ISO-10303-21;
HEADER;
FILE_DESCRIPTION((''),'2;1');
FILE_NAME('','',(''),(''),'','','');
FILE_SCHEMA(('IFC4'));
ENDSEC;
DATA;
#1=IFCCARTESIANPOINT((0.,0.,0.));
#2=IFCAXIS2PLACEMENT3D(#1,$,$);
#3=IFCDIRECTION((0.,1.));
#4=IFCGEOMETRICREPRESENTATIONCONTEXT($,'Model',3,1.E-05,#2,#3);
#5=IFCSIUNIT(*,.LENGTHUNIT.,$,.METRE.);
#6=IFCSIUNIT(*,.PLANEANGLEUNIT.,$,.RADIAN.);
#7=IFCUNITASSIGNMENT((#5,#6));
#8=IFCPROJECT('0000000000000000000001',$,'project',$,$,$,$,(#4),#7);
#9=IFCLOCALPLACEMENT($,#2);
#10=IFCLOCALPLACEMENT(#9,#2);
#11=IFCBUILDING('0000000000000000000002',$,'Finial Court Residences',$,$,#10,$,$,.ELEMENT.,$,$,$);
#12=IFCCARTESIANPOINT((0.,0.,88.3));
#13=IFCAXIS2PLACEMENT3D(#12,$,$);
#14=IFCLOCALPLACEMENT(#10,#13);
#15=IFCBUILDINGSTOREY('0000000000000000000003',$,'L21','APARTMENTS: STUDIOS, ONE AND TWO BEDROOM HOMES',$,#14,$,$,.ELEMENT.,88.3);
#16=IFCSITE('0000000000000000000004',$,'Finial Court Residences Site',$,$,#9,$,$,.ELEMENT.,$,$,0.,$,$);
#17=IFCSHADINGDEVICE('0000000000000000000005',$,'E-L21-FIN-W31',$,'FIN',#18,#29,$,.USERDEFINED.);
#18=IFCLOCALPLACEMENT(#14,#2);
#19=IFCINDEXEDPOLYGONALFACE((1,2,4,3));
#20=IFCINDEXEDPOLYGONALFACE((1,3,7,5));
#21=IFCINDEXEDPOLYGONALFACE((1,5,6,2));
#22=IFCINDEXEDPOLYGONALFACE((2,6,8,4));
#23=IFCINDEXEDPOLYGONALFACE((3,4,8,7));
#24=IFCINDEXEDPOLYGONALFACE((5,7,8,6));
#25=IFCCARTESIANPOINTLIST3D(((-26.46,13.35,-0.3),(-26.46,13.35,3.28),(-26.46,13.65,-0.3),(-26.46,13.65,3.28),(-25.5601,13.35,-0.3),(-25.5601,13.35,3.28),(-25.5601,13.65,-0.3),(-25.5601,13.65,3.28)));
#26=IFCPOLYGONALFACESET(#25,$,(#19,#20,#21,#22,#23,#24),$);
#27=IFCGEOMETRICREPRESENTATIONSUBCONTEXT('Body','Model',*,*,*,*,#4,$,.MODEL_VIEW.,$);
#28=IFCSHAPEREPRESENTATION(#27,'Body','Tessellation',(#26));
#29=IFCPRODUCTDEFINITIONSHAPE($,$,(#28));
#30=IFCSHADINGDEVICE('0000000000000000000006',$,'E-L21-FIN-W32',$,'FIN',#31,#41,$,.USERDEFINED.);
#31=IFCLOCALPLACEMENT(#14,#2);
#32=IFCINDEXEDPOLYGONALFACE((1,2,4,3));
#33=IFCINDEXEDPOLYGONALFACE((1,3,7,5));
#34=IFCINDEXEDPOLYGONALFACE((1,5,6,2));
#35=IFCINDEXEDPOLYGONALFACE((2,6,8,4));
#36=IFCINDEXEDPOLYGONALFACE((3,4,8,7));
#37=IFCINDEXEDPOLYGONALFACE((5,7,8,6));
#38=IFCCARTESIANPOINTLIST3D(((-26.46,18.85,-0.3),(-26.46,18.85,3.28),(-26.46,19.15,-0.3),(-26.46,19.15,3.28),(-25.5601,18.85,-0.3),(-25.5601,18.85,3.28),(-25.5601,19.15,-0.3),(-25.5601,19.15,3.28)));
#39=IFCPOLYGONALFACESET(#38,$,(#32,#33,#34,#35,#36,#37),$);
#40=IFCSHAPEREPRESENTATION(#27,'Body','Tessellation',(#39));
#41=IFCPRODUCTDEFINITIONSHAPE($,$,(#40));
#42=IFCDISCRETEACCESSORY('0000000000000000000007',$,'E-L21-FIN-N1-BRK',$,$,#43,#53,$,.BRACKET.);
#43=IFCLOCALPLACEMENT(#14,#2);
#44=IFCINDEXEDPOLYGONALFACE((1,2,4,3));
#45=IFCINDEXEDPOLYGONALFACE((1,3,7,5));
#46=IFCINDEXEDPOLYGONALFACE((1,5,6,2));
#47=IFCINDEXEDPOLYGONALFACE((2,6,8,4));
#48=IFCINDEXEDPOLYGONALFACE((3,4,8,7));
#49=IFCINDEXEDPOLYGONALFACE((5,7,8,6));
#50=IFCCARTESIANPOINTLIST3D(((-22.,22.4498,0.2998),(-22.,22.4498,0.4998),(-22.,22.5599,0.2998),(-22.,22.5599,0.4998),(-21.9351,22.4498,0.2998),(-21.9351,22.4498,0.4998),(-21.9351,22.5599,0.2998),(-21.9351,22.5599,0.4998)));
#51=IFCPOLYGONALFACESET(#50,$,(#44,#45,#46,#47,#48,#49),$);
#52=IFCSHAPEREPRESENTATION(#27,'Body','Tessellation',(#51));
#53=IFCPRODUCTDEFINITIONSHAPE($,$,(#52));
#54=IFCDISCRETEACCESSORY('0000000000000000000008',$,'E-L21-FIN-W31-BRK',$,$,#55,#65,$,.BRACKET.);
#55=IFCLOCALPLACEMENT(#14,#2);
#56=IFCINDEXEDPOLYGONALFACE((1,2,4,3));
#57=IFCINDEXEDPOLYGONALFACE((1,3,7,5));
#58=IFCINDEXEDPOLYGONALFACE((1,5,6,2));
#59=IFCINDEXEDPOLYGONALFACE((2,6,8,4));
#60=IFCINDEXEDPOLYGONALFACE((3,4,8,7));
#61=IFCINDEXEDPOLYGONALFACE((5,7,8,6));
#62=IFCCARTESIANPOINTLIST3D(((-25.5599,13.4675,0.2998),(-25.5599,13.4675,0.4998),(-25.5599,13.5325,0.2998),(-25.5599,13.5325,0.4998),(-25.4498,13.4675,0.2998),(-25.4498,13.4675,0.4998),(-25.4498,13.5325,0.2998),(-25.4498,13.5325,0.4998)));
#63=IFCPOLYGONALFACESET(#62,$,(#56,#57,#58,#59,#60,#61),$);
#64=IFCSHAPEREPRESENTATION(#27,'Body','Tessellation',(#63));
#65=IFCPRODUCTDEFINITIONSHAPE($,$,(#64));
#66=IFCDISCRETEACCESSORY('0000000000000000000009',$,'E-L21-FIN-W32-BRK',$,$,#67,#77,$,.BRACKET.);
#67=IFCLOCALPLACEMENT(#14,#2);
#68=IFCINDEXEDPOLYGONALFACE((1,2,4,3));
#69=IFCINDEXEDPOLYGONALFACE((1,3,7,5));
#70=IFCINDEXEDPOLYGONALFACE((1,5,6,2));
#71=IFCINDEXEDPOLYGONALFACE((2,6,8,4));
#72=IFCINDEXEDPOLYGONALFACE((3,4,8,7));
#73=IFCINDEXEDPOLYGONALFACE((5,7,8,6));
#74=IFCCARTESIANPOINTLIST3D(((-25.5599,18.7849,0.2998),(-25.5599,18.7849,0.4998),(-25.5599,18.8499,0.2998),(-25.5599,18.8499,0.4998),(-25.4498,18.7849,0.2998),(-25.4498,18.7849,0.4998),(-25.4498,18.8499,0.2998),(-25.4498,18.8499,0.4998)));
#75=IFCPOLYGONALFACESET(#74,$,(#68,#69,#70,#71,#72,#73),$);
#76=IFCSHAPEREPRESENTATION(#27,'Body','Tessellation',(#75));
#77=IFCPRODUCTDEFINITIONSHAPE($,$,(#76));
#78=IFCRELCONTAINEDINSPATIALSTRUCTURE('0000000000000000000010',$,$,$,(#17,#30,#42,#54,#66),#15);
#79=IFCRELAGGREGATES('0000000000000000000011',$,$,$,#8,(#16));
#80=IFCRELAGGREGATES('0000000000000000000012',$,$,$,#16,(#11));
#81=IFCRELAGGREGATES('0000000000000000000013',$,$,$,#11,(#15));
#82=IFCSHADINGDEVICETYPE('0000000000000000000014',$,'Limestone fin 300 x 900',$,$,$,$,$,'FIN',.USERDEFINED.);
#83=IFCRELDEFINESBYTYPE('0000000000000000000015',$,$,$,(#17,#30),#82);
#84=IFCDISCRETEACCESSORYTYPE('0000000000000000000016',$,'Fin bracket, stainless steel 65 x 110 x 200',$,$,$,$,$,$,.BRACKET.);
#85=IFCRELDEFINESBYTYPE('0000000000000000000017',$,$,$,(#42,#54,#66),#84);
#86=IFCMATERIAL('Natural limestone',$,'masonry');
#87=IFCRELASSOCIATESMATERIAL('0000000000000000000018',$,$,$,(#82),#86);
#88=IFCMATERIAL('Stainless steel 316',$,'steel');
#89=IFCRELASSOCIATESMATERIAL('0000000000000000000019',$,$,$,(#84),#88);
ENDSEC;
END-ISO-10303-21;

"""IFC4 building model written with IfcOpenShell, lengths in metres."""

from ifc_helpers import new_model, si_unit, direction, frame, origin, origin_2d, place, context, subcontext, project, spatial, rectangle, extrude, material, type_object, element, save


model = new_model("IFC4")

# Units and contexts
model_context = context("Model", 3, precision=1e-05, world=origin(), true_north=direction((0.0, 1.0)))
body_context = subcontext(model_context, "Body", "Model", "MODEL_VIEW")
ifc_project = project(units=[si_unit("LENGTHUNIT", "METRE"), si_unit("PLANEANGLEUNIT", "RADIAN")], contexts=[model_context])

# Site, building, storey
site_placement = place(None, origin())
site = spatial("IfcSite", under=ifc_project, at=site_placement, Name="Finial Court Residences Site", CompositionType="ELEMENT", RefElevation=0.0)
building_placement = place(site_placement, origin())
building = spatial("IfcBuilding", under=site, at=building_placement, Name="Finial Court Residences", CompositionType="ELEMENT")
storey_placement = place(building_placement, frame((0.0, 0.0, 88.3)))
storey = spatial("IfcBuildingStorey", under=building, at=storey_placement, Name="L21", Description="APARTMENTS: STUDIOS, ONE AND TWO BEDROOM HOMES", CompositionType="ELEMENT", Elevation=88.3)

# Shared definitions
ifc_material_1 = material(Name="Natural limestone", Category="masonry")

# Shading devices
shading_device_type = type_object("IfcShadingDeviceType", Name="Limestone fin 300 x 900", ElementType="FIN", PredefinedType="USERDEFINED", material=ifc_material_1)
for number, where, z_axis, x_axis, name in (
    (1, (-26.01, 13.5, -0.3), (0.0, 0.0, 1.0), (1.0, 0.0, 0.0), "E-L21-FIN-W31"),
    (2, (-26.01, 19.0, -0.3), (0.0, 0.0, 1.0), (1.0, 0.0, 0.0), "E-L21-FIN-W32"),
):
    element("IfcShadingDevice", number, at=place(storey_placement, frame(where, z_axis=z_axis, x_axis=x_axis)), inside=storey, type_object=shading_device_type, Name=name, ObjectType="FIN", PredefinedType="USERDEFINED", context=body_context, shape_type="SweptSolid", body=[
        extrude(rectangle(XDim=0.8999, YDim=0.3, at=origin_2d()), origin(), (0.0, 0.0, 1.0), 3.5801),
    ])

# Discrete accessories
ifc_material_2 = material(Name="Stainless steel 316", Category="steel")
discrete_accessory_type = type_object("IfcDiscreteAccessoryType", Name="Fin bracket, stainless steel 65 x 110 x 200", PredefinedType="BRACKET", material=ifc_material_2)
discrete_accessory_placement = place(storey_placement, frame((-21.9675, 22.5049, 0.2998), z_axis=(0.0, 0.0, 1.0), x_axis=(1.0, 0.0, 0.0)))
element("IfcDiscreteAccessory", 3, at=discrete_accessory_placement, inside=storey, type_object=discrete_accessory_type, Name="E-L21-FIN-N1-BRK", PredefinedType="BRACKET", context=body_context, shape_type="SweptSolid", body=[
    extrude(rectangle(XDim=0.0649, YDim=0.1101, at=origin_2d()), origin(), (0.0, 0.0, 1.0), 0.2),
])
for number, where, z_axis, x_axis, name in (
    (4, (-25.5049, 13.5, 0.2998), (0.0, 0.0, 1.0), (1.0, 0.0, 0.0), "E-L21-FIN-W31-BRK"),
    (5, (-25.5049, 18.8174, 0.2998), (0.0, 0.0, 1.0), (1.0, 0.0, 0.0), "E-L21-FIN-W32-BRK"),
):
    element("IfcDiscreteAccessory", number, at=place(storey_placement, frame(where, z_axis=z_axis, x_axis=x_axis)), inside=storey, type_object=discrete_accessory_type, Name=name, PredefinedType="BRACKET", context=body_context, shape_type="SweptSolid", body=[
        extrude(rectangle(XDim=0.1101, YDim=0.0649, at=origin_2d()), origin(), (0.0, 0.0, 1.0), 0.2),
    ])

save(model, "model.ifc")
